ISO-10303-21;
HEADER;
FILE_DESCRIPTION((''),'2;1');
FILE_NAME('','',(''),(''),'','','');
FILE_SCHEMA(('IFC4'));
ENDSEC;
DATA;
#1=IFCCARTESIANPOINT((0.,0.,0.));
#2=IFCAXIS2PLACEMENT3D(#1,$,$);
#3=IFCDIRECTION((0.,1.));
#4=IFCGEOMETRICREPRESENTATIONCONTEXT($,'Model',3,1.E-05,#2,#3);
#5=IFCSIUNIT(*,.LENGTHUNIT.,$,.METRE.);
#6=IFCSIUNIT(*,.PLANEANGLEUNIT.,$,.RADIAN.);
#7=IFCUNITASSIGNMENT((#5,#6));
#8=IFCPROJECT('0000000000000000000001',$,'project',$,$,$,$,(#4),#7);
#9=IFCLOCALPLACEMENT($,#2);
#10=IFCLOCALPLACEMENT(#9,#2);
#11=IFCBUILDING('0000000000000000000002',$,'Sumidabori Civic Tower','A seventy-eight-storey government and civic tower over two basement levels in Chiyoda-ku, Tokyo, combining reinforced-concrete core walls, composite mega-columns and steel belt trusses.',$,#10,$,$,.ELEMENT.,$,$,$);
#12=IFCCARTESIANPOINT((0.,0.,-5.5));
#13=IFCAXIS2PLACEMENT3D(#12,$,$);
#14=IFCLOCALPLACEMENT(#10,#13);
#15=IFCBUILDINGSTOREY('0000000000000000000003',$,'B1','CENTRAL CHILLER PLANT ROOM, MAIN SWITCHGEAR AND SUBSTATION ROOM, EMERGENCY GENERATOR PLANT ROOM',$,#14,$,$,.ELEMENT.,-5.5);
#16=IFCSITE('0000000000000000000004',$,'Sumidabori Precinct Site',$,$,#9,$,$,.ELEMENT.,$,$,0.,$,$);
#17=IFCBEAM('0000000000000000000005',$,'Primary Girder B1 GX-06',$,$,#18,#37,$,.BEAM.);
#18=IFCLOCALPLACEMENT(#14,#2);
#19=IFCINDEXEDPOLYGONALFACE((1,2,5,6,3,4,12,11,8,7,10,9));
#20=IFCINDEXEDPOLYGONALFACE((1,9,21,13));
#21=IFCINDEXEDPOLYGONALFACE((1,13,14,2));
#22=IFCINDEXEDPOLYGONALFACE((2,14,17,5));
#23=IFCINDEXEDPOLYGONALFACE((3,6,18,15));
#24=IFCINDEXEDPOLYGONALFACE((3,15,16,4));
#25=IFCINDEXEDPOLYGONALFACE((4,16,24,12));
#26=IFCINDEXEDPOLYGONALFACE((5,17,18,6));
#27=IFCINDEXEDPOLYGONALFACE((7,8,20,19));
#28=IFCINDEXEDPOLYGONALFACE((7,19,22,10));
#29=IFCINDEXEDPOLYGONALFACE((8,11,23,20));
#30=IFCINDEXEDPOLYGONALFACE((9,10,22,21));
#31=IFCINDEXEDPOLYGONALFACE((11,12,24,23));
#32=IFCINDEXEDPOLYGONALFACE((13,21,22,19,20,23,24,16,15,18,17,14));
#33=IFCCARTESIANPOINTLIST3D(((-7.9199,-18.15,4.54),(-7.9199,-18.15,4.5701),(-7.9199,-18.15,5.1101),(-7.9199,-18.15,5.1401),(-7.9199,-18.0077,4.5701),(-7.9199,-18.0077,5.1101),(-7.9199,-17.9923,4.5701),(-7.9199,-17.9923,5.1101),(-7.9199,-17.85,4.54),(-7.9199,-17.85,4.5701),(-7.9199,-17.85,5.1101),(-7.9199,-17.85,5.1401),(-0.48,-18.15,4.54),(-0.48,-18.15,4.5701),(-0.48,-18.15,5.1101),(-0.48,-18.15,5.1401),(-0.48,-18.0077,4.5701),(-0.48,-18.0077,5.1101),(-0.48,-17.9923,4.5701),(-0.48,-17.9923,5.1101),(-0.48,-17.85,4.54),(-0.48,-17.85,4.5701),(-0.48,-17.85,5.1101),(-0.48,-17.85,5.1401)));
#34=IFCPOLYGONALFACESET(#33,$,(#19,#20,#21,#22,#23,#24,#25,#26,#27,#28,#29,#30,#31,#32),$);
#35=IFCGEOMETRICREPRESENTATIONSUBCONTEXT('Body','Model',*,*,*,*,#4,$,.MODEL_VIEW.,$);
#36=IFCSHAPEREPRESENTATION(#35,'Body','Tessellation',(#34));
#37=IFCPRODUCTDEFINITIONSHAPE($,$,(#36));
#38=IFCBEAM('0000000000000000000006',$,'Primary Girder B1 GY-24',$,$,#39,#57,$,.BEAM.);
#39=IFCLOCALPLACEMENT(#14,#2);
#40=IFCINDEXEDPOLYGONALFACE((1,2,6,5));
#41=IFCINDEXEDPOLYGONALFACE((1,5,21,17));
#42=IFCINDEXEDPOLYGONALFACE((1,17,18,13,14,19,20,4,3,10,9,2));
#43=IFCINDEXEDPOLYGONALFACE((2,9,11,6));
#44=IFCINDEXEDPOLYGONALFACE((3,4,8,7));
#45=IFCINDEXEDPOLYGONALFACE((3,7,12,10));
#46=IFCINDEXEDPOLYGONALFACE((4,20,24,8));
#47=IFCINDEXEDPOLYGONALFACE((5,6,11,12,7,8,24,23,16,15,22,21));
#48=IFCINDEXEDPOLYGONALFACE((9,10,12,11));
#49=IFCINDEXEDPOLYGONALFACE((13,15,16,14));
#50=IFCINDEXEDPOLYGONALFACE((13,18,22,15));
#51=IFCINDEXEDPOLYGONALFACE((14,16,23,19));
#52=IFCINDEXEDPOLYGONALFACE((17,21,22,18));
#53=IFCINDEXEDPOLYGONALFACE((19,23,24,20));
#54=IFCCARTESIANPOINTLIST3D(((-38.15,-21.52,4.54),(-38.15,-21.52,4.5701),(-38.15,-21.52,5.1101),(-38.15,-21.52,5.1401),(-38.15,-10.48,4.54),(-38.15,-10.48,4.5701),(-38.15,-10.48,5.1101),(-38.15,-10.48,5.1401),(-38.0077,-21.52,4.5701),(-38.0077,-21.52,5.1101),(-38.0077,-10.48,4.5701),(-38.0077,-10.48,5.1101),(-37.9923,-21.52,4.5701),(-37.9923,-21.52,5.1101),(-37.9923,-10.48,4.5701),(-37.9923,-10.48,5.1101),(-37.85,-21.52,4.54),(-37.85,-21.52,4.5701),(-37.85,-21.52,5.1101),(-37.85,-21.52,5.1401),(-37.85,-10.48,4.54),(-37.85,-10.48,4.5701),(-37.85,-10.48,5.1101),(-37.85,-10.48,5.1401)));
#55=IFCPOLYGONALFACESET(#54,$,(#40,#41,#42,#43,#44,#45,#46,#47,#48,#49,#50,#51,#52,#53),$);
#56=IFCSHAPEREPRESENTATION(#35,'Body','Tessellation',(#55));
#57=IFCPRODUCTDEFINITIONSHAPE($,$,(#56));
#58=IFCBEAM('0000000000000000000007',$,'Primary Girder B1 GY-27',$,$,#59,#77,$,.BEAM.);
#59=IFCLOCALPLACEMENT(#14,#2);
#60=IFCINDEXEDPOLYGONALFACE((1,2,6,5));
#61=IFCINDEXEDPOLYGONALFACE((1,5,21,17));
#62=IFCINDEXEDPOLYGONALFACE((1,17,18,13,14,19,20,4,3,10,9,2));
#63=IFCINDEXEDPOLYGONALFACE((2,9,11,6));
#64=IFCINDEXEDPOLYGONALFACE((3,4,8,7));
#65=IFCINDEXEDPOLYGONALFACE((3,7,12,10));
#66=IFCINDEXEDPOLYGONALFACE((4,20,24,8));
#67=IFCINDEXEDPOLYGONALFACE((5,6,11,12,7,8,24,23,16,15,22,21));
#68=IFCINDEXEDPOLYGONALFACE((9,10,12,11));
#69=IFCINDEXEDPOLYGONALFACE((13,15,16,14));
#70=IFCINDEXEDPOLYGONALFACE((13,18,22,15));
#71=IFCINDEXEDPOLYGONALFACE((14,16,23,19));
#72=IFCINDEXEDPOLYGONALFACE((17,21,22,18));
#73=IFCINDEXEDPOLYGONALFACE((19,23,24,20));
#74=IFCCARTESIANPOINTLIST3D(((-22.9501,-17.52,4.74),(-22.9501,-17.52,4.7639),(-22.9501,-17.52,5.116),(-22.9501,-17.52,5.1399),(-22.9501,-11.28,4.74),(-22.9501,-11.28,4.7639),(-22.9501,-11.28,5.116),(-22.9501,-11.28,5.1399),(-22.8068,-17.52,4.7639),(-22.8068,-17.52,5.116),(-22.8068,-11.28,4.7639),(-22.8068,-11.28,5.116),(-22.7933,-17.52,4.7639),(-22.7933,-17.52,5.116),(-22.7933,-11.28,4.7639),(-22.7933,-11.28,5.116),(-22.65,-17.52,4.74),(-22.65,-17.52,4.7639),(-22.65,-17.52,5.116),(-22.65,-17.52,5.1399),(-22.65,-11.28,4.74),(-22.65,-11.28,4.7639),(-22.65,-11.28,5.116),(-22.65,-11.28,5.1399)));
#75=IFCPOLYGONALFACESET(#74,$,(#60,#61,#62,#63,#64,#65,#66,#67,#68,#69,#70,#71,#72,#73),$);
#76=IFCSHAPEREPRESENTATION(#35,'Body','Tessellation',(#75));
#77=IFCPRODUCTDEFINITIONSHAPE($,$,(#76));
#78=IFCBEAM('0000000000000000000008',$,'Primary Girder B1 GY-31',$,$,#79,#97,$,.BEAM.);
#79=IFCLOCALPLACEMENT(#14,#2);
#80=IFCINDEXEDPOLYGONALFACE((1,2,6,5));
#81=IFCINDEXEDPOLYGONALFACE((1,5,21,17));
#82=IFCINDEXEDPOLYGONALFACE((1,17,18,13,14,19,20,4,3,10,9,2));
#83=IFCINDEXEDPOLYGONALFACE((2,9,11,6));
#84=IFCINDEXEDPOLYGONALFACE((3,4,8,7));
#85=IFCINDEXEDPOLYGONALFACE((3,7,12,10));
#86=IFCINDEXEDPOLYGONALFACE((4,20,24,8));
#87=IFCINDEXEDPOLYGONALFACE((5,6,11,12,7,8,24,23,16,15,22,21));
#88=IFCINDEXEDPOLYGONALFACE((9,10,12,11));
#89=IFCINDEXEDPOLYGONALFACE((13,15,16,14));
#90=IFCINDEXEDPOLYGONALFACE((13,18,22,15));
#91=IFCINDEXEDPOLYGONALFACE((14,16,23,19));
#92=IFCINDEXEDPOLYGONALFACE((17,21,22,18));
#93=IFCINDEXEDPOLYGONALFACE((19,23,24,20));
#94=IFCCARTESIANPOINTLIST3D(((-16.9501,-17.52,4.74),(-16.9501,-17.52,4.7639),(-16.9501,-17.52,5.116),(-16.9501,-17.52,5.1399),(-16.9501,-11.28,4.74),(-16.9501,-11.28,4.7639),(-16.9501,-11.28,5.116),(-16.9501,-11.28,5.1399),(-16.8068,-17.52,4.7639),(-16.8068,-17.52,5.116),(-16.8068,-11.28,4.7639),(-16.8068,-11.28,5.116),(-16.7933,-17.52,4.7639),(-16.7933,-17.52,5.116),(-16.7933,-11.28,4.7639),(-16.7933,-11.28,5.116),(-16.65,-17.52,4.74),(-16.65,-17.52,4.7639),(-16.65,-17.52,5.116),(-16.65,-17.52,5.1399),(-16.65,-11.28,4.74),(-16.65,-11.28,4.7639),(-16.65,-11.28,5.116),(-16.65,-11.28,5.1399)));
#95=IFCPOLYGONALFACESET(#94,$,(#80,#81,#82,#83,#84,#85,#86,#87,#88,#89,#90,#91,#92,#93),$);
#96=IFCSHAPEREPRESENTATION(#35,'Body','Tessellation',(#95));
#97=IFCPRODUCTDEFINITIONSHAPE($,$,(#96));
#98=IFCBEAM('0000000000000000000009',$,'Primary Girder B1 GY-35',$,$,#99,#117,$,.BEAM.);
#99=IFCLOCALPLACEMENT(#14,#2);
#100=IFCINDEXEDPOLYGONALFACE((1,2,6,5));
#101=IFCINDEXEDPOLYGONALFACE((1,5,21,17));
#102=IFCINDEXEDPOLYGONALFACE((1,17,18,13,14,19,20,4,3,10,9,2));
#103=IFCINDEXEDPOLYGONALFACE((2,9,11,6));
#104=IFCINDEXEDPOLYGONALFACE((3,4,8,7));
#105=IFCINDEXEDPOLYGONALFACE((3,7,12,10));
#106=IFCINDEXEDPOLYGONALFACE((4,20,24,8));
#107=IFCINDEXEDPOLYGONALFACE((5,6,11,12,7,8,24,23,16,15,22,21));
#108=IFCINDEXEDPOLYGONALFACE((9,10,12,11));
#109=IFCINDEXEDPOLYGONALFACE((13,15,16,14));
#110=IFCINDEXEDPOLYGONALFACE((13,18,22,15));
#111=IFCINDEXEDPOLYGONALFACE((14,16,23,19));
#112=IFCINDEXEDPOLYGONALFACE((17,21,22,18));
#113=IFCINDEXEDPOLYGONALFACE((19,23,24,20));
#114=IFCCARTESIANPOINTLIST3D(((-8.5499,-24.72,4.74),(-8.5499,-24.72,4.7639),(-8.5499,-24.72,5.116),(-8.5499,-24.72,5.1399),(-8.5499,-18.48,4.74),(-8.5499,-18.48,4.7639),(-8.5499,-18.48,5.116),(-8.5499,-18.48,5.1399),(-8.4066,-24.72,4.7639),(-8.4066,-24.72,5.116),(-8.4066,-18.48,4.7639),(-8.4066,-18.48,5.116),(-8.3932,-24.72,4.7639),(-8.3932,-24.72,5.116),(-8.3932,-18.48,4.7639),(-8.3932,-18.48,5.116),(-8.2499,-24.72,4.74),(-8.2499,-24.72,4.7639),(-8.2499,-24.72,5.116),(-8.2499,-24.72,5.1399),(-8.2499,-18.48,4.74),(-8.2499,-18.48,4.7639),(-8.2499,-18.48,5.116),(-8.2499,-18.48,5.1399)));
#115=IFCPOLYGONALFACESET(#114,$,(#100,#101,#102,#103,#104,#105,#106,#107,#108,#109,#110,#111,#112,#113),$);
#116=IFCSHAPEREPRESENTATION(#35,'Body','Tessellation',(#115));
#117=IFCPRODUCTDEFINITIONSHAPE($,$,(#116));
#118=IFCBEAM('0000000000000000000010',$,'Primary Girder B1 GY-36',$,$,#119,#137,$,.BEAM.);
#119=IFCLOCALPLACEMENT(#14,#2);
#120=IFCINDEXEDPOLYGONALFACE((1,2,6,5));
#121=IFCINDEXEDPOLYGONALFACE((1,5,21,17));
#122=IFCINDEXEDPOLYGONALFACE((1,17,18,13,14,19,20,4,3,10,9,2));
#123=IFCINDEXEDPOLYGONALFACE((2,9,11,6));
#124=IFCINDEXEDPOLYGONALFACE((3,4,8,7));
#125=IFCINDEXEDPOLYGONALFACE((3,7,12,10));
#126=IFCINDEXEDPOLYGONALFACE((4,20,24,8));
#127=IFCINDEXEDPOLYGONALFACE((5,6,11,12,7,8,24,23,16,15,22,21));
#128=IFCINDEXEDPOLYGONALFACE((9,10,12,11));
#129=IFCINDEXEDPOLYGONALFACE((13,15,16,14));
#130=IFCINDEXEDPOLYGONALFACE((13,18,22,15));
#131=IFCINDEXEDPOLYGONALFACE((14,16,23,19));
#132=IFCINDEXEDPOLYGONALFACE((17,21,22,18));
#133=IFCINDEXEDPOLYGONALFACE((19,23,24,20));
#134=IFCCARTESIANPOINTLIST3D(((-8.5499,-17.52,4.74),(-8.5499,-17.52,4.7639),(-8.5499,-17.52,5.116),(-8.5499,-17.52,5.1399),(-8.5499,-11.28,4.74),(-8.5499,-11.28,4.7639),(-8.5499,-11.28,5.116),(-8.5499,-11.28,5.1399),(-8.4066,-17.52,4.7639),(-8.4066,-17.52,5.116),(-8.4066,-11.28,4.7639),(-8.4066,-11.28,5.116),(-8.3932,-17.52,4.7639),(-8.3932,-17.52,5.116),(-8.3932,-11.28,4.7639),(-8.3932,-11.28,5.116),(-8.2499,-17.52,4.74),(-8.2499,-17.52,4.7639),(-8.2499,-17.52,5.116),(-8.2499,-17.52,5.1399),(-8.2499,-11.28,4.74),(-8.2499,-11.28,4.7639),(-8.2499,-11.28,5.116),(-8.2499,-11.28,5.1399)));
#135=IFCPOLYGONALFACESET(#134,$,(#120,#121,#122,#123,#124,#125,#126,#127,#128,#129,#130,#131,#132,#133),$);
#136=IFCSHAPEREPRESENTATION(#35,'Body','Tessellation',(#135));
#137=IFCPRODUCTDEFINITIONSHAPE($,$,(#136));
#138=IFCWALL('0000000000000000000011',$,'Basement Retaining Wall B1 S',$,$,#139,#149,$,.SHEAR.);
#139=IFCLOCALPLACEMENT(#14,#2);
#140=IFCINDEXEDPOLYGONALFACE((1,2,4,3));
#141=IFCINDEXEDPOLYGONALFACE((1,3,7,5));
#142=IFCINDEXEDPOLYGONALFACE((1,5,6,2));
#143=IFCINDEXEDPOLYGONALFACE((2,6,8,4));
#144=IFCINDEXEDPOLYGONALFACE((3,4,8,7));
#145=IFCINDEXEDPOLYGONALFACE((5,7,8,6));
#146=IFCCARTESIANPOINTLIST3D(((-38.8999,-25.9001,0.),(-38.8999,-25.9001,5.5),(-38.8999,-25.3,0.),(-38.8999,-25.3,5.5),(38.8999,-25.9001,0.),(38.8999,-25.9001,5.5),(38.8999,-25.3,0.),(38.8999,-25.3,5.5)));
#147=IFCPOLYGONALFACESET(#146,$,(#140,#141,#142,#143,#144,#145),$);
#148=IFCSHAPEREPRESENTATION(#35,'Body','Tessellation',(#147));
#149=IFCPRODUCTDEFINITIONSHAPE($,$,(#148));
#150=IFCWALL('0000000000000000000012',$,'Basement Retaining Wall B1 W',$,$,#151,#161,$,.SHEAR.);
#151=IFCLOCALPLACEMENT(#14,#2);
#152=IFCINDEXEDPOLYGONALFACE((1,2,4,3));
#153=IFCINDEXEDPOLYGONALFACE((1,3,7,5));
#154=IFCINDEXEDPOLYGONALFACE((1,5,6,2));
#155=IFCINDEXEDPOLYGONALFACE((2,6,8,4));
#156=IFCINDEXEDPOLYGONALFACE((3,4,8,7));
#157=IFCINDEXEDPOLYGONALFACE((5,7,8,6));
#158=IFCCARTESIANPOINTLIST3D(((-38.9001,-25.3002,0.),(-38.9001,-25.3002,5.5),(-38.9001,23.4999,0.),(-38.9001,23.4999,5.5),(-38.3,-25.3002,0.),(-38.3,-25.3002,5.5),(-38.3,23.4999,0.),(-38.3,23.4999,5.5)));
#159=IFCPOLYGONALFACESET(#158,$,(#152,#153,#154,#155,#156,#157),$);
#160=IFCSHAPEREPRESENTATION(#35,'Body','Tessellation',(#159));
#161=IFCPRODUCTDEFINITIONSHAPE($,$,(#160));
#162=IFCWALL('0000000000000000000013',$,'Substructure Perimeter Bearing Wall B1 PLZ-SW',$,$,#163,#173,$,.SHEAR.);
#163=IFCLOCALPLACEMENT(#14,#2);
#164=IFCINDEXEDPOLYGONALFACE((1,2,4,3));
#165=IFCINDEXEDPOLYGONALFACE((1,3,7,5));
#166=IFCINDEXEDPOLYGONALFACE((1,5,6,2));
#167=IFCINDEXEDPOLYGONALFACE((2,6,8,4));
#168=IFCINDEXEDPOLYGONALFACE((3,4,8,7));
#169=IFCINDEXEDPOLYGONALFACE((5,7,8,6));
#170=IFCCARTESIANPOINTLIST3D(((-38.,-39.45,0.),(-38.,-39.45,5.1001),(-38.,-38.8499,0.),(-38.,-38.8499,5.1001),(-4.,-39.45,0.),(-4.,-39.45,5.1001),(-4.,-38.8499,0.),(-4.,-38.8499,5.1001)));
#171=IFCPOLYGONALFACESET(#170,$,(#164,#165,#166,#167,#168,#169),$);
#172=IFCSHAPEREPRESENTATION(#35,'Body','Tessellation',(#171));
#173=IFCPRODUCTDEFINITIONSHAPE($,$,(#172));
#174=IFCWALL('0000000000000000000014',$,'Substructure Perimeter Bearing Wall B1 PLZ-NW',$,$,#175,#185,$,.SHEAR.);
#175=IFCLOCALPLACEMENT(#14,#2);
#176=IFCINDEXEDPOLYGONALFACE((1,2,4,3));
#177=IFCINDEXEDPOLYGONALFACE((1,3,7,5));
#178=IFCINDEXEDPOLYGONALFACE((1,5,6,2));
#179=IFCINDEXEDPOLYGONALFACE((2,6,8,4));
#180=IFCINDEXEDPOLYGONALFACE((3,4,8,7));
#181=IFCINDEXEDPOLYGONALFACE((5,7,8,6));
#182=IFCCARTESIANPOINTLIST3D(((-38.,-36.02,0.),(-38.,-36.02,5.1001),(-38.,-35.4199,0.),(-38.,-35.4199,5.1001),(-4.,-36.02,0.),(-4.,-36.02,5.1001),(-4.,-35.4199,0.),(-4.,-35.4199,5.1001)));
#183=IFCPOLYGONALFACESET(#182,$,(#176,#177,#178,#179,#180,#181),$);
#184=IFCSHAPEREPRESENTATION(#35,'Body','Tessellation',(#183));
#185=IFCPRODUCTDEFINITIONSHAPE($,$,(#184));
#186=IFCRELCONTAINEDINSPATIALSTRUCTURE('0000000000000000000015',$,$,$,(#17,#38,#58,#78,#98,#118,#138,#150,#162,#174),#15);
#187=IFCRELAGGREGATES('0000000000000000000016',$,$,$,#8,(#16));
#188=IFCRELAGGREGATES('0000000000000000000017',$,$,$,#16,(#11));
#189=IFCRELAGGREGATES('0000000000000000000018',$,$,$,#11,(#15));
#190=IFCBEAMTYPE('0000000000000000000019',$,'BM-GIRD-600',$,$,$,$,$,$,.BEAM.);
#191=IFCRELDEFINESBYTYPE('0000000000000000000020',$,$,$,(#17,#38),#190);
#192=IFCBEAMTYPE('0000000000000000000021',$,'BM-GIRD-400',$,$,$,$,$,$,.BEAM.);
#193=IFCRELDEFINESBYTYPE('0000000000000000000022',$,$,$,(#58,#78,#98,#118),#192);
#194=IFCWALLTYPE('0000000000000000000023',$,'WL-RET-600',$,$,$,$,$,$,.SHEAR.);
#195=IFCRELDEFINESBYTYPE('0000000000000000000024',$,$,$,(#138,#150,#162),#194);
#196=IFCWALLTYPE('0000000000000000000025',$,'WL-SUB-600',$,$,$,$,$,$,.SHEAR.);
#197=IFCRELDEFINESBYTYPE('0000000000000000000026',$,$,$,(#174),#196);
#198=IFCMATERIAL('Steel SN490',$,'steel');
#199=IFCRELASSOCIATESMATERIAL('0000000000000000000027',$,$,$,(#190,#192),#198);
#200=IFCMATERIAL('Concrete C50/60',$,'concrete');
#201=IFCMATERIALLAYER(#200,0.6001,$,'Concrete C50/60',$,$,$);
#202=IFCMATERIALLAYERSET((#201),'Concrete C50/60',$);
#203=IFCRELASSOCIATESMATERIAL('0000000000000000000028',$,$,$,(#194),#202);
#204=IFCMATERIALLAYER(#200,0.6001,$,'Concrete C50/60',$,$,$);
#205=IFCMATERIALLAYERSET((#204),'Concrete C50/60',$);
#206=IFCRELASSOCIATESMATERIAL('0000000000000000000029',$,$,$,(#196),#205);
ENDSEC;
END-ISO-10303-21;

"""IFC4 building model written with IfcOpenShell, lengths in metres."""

from ifc_helpers import new_model, si_unit, direction, frame, frame_2d, origin, origin_2d, place, context, subcontext, project, spatial, rectangle, i_section, extrude, source, transform, mapped, material, layer, layer_set, material_profile, profile_set, type_object, element, save


model = new_model("IFC4")

# Units and contexts
model_context = context("Model", 3, precision=1e-05, world=origin(), true_north=direction((0.0, 1.0)))
body_context = subcontext(model_context, "Body", "Model", "MODEL_VIEW")
ifc_project = project(units=[si_unit("LENGTHUNIT", "METRE"), si_unit("PLANEANGLEUNIT", "RADIAN")], contexts=[model_context])

# Site, building, storey
site_placement = place(None, origin())
site = spatial("IfcSite", under=ifc_project, at=site_placement, Name="Sumidabori Precinct Site", CompositionType="ELEMENT", RefElevation=0.0)
building_placement = place(site_placement, origin())
building = spatial("IfcBuilding", under=site, at=building_placement, Name="Sumidabori Civic Tower", Description="A seventy-eight-storey government and civic tower over two basement levels in Chiyoda-ku, Tokyo, combining reinforced-concrete core walls, composite mega-columns and steel belt trusses.", CompositionType="ELEMENT")
storey_placement = place(building_placement, frame((0.0, 0.0, -5.5)))
storey = spatial("IfcBuildingStorey", under=building, at=storey_placement, Name="B1", Description="CENTRAL CHILLER PLANT ROOM, MAIN SWITCHGEAR AND SUBSTATION ROOM, EMERGENCY GENERATOR PLANT ROOM", CompositionType="ELEMENT", Elevation=-5.5)

# Beams
ifc_material_1 = material(Name="Steel SN490", Category="steel")
ifc_material_profile_1 = material_profile(ifc_material_1, i_section(OverallWidth=0.3, OverallDepth=0.6001, WebThickness=0.0154, FlangeThickness=0.03, at=origin_2d()), Name="HE 600 B")
ifc_profile_set_1 = profile_set([ifc_material_profile_1], Name="Steel SN490")
beam_type_1 = type_object("IfcBeamType", Name="BM-GIRD-600", PredefinedType="BEAM", material=ifc_profile_set_1)
shared_shape_1 = source(origin(), body_context, "Body", "SweptSolid", [
    extrude(i_section(OverallWidth=0.3, OverallDepth=0.6001, WebThickness=0.0154, FlangeThickness=0.03, at=origin_2d()), origin(), (0.0, 0.0, 1.0), 7.4399),
])
beam_1_placement = place(storey_placement, frame((-7.9199, -18.0, 4.8401), z_axis=(1.0, 0.0, 0.0), x_axis=(0.0, 1.0, 0.0)))
element("IfcBeam", 1, at=beam_1_placement, inside=storey, type_object=beam_type_1, Name="Primary Girder B1 GX-06", PredefinedType="BEAM", context=body_context, shape_type="MappedRepresentation", body=[
    mapped(shared_shape_1, transform((0.0, 0.0, 0.0), x_axis=(1.0, 0.0, 0.0), y_axis=(0.0, 1.0, 0.0), z_axis=(0.0, 0.0, 1.0), scale=1.0)),
])
shared_shape_2 = source(origin(), body_context, "Body", "SweptSolid", [
    extrude(i_section(OverallWidth=0.3, OverallDepth=0.6001, WebThickness=0.0154, FlangeThickness=0.03, at=origin_2d()), origin(), (0.0, 0.0, 1.0), 11.04),
])
beam_2_placement = place(storey_placement, frame((-38.0, -21.52, 4.8401), z_axis=(0.0, 1.0, 0.0), x_axis=(-1.0, 0.0, 0.0)))
element("IfcBeam", 2, at=beam_2_placement, inside=storey, type_object=beam_type_1, Name="Primary Girder B1 GY-24", PredefinedType="BEAM", context=body_context, shape_type="MappedRepresentation", body=[
    mapped(shared_shape_2, transform((0.0, 0.0, 0.0), x_axis=(1.0, 0.0, 0.0), y_axis=(0.0, 1.0, 0.0), z_axis=(0.0, 0.0, 1.0), scale=1.0)),
])
ifc_material_profile_2 = material_profile(ifc_material_1, i_section(OverallWidth=0.3, OverallDepth=0.3999, WebThickness=0.0134, FlangeThickness=0.0239, at=origin_2d()), Name="HE 400 B")
ifc_profile_set_2 = profile_set([ifc_material_profile_2], Name="Steel SN490")
beam_type_2 = type_object("IfcBeamType", Name="BM-GIRD-400", PredefinedType="BEAM", material=ifc_profile_set_2)
shared_shape_3 = source(origin(), body_context, "Body", "SweptSolid", [
    extrude(i_section(OverallWidth=0.3, OverallDepth=0.3999, WebThickness=0.0134, FlangeThickness=0.0239, at=origin_2d()), origin(), (0.0, 0.0, 1.0), 6.24),
])
for number, where, z_axis, x_axis, name in (
    (3, (-22.8, -17.52, 4.9399), (0.0, 1.0, 0.0), (-1.0, 0.0, 0.0), "Primary Girder B1 GY-27"),
    (4, (-16.8, -17.52, 4.9399), (0.0, 1.0, 0.0), (-1.0, 0.0, 0.0), "Primary Girder B1 GY-31"),
    (5, (-8.3999, -24.72, 4.9399), (0.0, 1.0, 0.0), (-1.0, 0.0, 0.0), "Primary Girder B1 GY-35"),
    (6, (-8.3999, -17.52, 4.9399), (0.0, 1.0, 0.0), (-1.0, 0.0, 0.0), "Primary Girder B1 GY-36"),
):
    element("IfcBeam", number, at=place(storey_placement, frame(where, z_axis=z_axis, x_axis=x_axis)), inside=storey, type_object=beam_type_2, Name=name, PredefinedType="BEAM", context=body_context, shape_type="MappedRepresentation", body=[
        mapped(shared_shape_3, transform((0.0, 0.0, 0.0), x_axis=(1.0, 0.0, 0.0), y_axis=(0.0, 1.0, 0.0), z_axis=(0.0, 0.0, 1.0), scale=1.0)),
    ])

# Walls
ifc_material_2 = material(Name="Concrete C50/60", Category="concrete")
ifc_layer_1 = layer(ifc_material_2, 0.6001, Name="Concrete C50/60")
ifc_layer_set_1 = layer_set([ifc_layer_1], Name="Concrete C50/60")
wall_type_1 = type_object("IfcWallType", Name="WL-RET-600", PredefinedType="SHEAR", material=ifc_layer_set_1)
shared_shape_4 = source(origin(), body_context, "Body", "SweptSolid", [
    extrude(rectangle(XDim=77.7998, YDim=0.6001, at=frame_2d((38.8999, 0.0))), origin(), (0.0, 0.0, 1.0), 5.5),
])
wall_1_placement = place(storey_placement, frame((-38.8999, -25.6001, 0.0), z_axis=(0.0, 0.0, 1.0), x_axis=(1.0, 0.0, 0.0)))
element("IfcWall", 7, at=wall_1_placement, inside=storey, type_object=wall_type_1, Name="Basement Retaining Wall B1 S", PredefinedType="SHEAR", context=body_context, shape_type="MappedRepresentation", body=[
    mapped(shared_shape_4, transform((0.0, 0.0, 0.0), x_axis=(1.0, 0.0, 0.0), y_axis=(0.0, 1.0, 0.0), z_axis=(0.0, 0.0, 1.0), scale=1.0)),
])
shared_shape_5 = source(origin(), body_context, "Body", "SweptSolid", [
    extrude(rectangle(XDim=48.8, YDim=0.6001, at=frame_2d((24.3999, 0.0))), origin(), (0.0, 0.0, 1.0), 5.5),
])
wall_2_placement = place(storey_placement, frame((-38.6001, -25.3, 0.0), z_axis=(0.0, 0.0, 1.0), x_axis=(0.0, 1.0, 0.0)))
element("IfcWall", 8, at=wall_2_placement, inside=storey, type_object=wall_type_1, Name="Basement Retaining Wall B1 W", PredefinedType="SHEAR", context=body_context, shape_type="MappedRepresentation", body=[
    mapped(shared_shape_5, transform((0.0, 0.0, 0.0), x_axis=(1.0, 0.0, 0.0), y_axis=(0.0, 1.0, 0.0), z_axis=(0.0, 0.0, 1.0), scale=1.0)),
])
shared_shape_6 = source(origin(), body_context, "Body", "SweptSolid", [
    extrude(rectangle(XDim=34.0, YDim=0.6001, at=frame_2d((17.0, 0.0))), origin(), (0.0, 0.0, 1.0), 5.1001),
])
wall_3_placement = place(storey_placement, frame((-38.0, -39.1499, 0.0), z_axis=(0.0, 0.0, 1.0), x_axis=(1.0, 0.0, 0.0)))
element("IfcWall", 9, at=wall_3_placement, inside=storey, type_object=wall_type_1, Name="Substructure Perimeter Bearing Wall B1 PLZ-SW", PredefinedType="SHEAR", context=body_context, shape_type="MappedRepresentation", body=[
    mapped(shared_shape_6, transform((0.0, 0.0, 0.0), x_axis=(1.0, 0.0, 0.0), y_axis=(0.0, 1.0, 0.0), z_axis=(0.0, 0.0, 1.0), scale=1.0)),
])
ifc_layer_2 = layer(ifc_material_2, 0.6001, Name="Concrete C50/60")
ifc_layer_set_2 = layer_set([ifc_layer_2], Name="Concrete C50/60")
wall_type_2 = type_object("IfcWallType", Name="WL-SUB-600", PredefinedType="SHEAR", material=ifc_layer_set_2)
wall_4_placement = place(storey_placement, frame((-38.0, -35.72, 0.0), z_axis=(0.0, 0.0, 1.0), x_axis=(1.0, 0.0, 0.0)))
element("IfcWall", 10, at=wall_4_placement, inside=storey, type_object=wall_type_2, Name="Substructure Perimeter Bearing Wall B1 PLZ-NW", PredefinedType="SHEAR", context=body_context, shape_type="MappedRepresentation", body=[
    mapped(shared_shape_6, transform((0.0, 0.0, 0.0), x_axis=(1.0, 0.0, 0.0), y_axis=(0.0, 1.0, 0.0), z_axis=(0.0, 0.0, 1.0), scale=1.0)),
])

save(model, "model.ifc")
